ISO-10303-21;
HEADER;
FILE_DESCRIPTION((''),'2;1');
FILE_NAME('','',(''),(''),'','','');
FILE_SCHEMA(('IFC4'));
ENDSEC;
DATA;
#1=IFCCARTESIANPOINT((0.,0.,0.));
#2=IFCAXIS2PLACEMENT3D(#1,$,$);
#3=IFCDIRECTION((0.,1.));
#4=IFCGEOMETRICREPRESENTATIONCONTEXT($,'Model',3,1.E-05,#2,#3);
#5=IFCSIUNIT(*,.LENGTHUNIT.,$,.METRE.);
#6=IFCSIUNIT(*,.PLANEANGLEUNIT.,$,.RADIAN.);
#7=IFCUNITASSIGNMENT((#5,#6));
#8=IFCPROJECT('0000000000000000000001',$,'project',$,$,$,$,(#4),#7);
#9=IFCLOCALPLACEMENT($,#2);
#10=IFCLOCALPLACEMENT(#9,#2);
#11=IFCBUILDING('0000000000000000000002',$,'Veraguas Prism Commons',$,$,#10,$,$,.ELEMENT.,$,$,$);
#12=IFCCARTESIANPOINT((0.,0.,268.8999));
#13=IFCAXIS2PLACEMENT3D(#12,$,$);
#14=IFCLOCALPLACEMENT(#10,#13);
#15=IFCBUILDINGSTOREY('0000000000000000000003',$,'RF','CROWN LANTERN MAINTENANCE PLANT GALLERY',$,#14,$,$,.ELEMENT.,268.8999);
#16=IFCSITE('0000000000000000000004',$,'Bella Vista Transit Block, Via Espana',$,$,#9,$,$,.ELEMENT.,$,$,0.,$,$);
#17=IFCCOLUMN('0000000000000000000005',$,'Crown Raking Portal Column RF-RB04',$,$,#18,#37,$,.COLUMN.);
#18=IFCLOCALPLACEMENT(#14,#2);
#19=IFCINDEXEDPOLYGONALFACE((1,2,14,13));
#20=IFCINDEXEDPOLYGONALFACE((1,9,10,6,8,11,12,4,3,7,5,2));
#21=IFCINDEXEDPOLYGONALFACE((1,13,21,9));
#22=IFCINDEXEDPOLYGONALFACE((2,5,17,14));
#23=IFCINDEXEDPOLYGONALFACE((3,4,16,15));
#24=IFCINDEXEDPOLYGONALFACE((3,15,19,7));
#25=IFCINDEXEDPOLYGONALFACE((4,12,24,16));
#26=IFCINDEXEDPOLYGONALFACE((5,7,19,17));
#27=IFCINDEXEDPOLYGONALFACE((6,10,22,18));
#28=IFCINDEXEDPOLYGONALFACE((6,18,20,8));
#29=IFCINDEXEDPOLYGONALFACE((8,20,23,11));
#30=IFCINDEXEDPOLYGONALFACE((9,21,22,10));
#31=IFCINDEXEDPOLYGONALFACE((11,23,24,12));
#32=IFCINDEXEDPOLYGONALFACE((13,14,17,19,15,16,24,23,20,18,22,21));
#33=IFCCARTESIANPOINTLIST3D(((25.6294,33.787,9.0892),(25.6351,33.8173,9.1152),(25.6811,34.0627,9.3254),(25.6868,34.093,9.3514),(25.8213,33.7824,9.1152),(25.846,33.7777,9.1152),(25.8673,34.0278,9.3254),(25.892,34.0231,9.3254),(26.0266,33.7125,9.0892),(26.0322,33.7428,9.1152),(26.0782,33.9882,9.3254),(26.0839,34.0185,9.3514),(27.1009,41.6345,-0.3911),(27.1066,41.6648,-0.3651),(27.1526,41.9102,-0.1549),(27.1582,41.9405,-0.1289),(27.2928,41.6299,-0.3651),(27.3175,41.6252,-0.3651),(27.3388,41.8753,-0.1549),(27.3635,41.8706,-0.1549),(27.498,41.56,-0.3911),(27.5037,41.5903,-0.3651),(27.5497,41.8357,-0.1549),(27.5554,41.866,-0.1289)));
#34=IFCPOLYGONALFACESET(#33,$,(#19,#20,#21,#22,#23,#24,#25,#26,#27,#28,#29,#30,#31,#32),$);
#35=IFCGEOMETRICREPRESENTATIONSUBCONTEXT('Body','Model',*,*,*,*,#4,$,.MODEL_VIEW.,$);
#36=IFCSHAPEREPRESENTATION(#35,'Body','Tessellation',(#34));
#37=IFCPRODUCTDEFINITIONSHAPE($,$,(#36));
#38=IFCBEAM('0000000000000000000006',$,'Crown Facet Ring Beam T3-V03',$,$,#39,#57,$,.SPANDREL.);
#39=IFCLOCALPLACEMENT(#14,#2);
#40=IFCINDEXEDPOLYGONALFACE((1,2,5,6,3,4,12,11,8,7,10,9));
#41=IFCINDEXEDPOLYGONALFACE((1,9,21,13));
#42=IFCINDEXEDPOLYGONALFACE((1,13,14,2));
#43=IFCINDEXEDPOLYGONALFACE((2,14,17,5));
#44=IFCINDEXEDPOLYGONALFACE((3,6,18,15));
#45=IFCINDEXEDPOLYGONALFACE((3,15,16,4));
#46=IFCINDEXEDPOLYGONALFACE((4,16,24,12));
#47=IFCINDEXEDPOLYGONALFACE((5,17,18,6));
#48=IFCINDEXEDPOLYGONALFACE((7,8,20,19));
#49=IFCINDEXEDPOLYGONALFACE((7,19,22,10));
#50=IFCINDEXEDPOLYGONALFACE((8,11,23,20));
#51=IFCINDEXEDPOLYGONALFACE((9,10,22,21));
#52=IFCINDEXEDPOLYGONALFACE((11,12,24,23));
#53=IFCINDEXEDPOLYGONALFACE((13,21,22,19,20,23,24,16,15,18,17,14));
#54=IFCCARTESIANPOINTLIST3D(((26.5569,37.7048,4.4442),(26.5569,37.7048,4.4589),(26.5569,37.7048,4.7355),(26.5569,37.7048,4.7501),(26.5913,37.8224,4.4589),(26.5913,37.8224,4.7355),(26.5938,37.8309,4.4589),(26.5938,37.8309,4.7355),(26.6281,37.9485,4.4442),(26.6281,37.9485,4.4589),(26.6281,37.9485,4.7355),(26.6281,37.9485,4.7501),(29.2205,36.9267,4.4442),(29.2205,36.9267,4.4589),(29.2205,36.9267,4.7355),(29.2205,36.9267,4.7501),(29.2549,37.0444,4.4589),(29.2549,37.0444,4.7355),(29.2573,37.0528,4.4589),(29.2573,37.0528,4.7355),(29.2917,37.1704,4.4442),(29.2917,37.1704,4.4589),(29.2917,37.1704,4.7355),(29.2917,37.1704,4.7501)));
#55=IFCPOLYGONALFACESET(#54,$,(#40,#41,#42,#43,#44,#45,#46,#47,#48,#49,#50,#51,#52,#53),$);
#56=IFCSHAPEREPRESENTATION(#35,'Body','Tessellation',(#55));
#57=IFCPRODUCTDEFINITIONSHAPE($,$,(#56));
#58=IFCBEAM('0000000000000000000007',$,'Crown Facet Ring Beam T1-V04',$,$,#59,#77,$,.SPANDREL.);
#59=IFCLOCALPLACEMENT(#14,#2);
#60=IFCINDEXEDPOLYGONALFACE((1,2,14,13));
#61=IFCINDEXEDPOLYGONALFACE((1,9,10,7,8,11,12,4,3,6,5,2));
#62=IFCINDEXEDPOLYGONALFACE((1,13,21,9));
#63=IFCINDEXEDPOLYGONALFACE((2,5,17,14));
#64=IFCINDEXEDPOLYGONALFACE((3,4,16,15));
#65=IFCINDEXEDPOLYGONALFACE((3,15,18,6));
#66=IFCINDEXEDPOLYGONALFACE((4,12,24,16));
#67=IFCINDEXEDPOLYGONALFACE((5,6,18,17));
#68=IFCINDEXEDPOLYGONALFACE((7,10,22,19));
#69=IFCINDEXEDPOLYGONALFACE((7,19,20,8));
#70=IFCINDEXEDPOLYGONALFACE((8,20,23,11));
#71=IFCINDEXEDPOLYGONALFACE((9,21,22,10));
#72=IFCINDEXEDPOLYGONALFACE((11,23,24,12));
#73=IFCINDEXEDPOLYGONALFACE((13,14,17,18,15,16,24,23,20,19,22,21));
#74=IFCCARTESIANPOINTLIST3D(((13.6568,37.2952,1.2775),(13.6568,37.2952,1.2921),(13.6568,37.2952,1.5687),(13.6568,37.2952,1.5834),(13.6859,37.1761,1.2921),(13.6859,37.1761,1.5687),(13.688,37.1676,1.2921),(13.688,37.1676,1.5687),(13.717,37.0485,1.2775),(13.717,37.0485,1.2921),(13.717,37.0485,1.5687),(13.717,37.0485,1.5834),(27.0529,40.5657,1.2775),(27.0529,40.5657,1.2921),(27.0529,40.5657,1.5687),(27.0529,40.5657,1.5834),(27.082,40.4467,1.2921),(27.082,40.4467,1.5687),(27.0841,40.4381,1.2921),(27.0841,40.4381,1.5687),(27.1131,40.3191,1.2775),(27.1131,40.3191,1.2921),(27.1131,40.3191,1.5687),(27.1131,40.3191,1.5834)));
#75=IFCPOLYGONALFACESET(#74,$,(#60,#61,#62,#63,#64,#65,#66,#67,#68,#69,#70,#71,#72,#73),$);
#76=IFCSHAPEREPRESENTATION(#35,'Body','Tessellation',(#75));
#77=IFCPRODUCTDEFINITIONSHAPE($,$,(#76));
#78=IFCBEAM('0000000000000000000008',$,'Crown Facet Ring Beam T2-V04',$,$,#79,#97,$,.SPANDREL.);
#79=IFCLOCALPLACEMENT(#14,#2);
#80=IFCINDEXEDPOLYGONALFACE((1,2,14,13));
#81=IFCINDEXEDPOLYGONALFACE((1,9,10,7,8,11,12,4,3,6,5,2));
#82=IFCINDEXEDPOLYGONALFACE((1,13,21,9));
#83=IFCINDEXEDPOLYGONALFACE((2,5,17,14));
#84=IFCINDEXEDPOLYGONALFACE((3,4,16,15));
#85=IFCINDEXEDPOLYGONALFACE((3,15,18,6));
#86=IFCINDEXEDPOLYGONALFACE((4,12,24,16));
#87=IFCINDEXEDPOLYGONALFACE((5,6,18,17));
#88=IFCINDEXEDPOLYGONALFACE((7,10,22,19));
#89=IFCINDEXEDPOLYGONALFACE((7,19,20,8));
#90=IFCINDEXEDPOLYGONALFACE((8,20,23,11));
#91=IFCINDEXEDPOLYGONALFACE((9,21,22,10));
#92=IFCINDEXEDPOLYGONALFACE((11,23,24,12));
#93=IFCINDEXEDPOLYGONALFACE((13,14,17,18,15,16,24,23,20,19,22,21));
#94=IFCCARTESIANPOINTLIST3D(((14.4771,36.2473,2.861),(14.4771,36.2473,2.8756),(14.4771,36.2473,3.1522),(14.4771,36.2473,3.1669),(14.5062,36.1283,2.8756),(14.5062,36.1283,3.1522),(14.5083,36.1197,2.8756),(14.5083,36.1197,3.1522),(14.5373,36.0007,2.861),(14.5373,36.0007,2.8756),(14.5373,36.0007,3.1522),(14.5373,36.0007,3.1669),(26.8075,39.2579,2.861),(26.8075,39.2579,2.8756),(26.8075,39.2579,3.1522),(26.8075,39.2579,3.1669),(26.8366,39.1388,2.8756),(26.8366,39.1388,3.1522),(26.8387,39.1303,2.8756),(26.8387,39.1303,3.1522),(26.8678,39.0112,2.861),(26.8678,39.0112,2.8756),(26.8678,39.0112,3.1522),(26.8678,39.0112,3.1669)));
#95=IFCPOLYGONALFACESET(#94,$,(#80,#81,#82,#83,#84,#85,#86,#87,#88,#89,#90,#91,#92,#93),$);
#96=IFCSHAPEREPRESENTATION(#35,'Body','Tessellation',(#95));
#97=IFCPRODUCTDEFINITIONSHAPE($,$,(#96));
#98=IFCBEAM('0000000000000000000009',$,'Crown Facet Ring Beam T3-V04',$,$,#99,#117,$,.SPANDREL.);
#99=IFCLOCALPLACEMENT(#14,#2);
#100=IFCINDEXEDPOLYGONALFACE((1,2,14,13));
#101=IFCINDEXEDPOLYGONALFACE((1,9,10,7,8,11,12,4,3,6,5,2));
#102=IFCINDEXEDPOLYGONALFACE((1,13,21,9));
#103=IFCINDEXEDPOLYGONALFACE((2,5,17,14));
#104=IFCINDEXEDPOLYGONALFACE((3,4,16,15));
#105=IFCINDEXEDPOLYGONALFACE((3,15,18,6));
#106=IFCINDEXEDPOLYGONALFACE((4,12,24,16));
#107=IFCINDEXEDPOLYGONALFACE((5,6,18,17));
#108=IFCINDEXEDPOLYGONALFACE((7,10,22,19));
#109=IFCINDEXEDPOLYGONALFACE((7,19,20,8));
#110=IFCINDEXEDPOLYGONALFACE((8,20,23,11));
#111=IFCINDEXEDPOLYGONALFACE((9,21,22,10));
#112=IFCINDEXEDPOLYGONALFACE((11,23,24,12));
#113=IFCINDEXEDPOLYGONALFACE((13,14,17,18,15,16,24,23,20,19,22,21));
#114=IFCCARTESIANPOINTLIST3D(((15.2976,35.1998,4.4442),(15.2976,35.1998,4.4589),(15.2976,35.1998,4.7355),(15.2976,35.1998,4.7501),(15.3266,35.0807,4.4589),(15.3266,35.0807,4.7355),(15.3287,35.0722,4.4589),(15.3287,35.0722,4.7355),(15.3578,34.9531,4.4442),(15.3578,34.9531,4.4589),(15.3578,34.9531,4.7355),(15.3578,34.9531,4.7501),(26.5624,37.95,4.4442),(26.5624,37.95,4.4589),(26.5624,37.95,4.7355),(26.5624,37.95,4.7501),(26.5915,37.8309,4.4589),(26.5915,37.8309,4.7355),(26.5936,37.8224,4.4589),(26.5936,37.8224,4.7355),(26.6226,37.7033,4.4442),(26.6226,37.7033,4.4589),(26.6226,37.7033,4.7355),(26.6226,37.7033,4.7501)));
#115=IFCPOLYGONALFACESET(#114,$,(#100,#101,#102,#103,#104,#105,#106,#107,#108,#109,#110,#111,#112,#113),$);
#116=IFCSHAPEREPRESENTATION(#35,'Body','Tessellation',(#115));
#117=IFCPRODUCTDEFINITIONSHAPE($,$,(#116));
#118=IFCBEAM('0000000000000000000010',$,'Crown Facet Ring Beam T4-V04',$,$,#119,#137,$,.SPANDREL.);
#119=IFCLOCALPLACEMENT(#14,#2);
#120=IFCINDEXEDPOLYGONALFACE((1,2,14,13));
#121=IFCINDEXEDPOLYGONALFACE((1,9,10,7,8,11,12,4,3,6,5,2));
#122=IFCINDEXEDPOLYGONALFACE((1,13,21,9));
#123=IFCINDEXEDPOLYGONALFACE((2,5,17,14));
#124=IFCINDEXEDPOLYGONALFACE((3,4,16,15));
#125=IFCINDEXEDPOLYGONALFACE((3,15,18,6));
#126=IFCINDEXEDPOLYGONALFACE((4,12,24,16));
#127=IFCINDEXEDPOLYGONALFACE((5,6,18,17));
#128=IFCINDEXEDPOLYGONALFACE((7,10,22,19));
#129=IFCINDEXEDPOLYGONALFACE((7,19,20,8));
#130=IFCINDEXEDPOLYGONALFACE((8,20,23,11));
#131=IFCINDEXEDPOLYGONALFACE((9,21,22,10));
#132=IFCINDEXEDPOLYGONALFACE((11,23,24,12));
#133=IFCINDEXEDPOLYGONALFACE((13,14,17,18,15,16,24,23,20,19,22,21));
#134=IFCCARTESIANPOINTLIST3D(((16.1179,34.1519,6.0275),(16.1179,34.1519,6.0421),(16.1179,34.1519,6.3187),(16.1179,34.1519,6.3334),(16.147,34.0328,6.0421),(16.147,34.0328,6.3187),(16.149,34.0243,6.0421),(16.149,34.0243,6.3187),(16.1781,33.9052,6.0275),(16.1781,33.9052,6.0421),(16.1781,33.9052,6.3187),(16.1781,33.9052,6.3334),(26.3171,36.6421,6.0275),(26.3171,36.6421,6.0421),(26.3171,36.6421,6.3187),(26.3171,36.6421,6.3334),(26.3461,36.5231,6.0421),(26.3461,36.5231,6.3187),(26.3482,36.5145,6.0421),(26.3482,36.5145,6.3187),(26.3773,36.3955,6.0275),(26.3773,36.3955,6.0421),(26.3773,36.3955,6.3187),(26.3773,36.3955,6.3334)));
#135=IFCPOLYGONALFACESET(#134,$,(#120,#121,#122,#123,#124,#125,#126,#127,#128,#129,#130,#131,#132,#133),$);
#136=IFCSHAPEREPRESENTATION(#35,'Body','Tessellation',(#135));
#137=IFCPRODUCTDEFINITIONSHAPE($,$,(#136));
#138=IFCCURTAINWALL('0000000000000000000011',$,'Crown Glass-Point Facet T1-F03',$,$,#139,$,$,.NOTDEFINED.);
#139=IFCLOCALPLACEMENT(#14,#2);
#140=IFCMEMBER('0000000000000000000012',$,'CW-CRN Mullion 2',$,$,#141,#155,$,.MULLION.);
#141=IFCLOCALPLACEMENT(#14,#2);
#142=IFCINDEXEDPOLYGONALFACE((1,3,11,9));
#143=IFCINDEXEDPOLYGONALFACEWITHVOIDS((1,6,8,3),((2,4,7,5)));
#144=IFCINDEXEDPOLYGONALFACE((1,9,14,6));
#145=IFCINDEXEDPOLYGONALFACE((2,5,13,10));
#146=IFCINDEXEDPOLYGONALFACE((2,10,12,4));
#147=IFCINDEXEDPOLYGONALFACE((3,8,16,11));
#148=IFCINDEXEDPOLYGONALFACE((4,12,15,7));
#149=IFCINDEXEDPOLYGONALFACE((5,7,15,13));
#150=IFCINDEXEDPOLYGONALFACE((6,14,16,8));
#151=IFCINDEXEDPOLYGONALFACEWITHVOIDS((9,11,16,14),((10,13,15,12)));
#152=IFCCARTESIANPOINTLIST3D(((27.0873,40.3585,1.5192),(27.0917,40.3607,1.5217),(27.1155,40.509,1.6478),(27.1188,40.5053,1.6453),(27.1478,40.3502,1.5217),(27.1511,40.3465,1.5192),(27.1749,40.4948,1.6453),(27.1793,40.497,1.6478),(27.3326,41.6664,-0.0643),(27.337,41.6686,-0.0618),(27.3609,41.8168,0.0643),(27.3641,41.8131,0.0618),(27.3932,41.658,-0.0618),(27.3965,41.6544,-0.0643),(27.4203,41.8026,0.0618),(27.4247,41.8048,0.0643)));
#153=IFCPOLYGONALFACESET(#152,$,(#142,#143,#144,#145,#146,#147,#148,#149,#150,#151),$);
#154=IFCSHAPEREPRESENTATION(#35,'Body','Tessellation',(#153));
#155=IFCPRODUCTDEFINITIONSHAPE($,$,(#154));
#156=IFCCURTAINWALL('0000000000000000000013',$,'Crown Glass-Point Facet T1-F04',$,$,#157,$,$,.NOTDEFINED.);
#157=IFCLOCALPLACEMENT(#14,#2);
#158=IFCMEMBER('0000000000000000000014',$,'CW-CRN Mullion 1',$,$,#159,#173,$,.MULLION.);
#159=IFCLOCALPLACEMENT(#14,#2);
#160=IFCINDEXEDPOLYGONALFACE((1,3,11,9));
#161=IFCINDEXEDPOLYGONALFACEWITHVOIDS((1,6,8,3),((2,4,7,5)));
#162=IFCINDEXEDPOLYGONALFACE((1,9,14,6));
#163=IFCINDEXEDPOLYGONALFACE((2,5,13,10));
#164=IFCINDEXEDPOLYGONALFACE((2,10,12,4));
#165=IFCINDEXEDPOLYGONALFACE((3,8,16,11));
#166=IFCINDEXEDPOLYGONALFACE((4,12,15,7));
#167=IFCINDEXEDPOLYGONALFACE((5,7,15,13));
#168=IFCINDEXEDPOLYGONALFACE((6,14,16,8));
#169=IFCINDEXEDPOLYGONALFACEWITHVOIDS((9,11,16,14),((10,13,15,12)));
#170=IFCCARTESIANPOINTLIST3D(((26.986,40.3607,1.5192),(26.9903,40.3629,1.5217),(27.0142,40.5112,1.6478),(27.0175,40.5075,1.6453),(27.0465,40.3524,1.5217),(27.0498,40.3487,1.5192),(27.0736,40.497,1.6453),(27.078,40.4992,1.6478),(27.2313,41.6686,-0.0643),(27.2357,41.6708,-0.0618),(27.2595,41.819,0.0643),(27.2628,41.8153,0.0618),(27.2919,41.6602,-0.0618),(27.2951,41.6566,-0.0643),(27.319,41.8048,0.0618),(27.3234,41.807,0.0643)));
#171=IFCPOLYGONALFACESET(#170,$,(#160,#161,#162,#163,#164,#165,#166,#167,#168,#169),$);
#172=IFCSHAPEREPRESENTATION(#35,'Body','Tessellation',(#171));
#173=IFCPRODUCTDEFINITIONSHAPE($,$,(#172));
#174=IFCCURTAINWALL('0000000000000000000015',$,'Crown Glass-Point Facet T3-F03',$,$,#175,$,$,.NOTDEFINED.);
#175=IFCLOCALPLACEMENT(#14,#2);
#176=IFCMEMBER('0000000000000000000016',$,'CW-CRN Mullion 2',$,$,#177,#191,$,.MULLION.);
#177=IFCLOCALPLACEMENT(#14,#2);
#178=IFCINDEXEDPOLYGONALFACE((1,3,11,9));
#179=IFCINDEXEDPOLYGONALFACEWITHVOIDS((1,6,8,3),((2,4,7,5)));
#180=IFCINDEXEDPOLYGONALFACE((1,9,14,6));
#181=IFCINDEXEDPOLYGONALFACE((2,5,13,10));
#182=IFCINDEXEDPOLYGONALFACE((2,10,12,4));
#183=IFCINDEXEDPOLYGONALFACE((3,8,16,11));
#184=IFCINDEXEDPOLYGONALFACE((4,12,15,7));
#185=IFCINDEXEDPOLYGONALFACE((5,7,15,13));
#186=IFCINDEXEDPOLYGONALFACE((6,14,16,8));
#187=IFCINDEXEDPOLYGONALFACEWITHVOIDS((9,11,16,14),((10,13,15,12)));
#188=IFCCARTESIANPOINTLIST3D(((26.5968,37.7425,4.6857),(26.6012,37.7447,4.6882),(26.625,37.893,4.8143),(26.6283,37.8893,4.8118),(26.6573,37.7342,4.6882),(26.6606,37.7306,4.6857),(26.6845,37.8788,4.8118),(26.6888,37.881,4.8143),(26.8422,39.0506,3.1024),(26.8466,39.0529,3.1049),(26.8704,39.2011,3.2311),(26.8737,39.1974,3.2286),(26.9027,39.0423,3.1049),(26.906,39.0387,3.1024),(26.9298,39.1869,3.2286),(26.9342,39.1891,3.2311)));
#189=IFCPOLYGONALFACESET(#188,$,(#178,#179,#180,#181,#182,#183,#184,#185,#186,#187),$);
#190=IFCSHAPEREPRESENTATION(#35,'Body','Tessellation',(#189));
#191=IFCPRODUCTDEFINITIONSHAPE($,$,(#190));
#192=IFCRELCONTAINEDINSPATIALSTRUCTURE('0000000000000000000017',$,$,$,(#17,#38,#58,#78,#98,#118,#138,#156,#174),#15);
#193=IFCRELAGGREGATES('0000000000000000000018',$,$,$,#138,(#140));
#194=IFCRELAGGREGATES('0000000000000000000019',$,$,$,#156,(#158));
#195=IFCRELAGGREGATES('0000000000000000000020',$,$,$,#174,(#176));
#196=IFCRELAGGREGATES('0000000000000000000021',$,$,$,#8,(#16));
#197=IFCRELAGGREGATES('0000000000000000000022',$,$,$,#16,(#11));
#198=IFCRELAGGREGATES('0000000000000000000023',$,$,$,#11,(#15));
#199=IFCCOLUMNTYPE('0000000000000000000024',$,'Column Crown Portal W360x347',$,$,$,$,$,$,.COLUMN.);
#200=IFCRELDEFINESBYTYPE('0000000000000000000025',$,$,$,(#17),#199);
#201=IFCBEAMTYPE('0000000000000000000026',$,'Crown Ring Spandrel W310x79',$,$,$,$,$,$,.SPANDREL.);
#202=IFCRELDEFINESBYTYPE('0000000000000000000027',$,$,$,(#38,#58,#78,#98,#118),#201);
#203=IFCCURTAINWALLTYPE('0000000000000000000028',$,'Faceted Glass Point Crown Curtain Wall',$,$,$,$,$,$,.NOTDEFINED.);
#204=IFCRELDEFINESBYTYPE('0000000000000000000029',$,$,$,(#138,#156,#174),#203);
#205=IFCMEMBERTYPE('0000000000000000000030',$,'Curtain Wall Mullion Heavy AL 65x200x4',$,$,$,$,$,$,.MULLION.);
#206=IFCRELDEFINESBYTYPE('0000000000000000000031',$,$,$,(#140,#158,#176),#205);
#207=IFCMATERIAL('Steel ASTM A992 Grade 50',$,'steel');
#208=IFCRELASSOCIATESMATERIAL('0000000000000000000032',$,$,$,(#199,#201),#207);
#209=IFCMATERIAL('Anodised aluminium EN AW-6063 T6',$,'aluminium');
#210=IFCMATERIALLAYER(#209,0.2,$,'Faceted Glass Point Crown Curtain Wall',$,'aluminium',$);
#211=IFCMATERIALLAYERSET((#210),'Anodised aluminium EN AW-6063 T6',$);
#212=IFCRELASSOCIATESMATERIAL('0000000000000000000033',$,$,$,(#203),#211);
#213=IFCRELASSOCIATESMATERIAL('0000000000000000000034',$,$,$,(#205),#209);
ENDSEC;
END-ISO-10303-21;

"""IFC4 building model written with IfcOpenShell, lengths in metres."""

from ifc_helpers import new_model, si_unit, direction, frame, origin, origin_2d, place, context, subcontext, project, spatial, hollow_rectangle, i_section, extrude, source, transform, mapped, material, layer, layer_set, material_profile, profile_set, type_object, element, aggregate, save


model = new_model("IFC4")

# Units and contexts
model_context = context("Model", 3, precision=1e-05, world=origin(), true_north=direction((0.0, 1.0)))
body_context = subcontext(model_context, "Body", "Model", "MODEL_VIEW")
ifc_project = project(units=[si_unit("LENGTHUNIT", "METRE"), si_unit("PLANEANGLEUNIT", "RADIAN")], contexts=[model_context])

# Site, building, storey
site_placement = place(None, origin())
site = spatial("IfcSite", under=ifc_project, at=site_placement, Name="Bella Vista Transit Block, Via Espana", CompositionType="ELEMENT", RefElevation=0.0)
building_placement = place(site_placement, origin())
building = spatial("IfcBuilding", under=site, at=building_placement, Name="Veraguas Prism Commons", CompositionType="ELEMENT")
storey_placement = place(building_placement, frame((0.0, 0.0, 268.8999)))
storey = spatial("IfcBuildingStorey", under=building, at=storey_placement, Name="RF", Description="CROWN LANTERN MAINTENANCE PLANT GALLERY", CompositionType="ELEMENT", Elevation=268.8999)

# Column
ifc_material_1 = material(Name="Steel ASTM A992 Grade 50", Category="steel")
ifc_material_profile_1 = material_profile(ifc_material_1, i_section(OverallWidth=0.4041, OverallDepth=0.407, WebThickness=0.0251, FlangeThickness=0.0403, at=origin_2d()), Name="W360X347")
ifc_profile_set_1 = profile_set([ifc_material_profile_1], Name="Steel ASTM A992 Grade 50")
column_type = type_object("IfcColumnType", Name="Column Crown Portal W360x347", PredefinedType="COLUMN", material=ifc_profile_set_1)
column_placement = place(storey_placement, frame((27.3281, 41.7502, -0.26), z_axis=(-0.118718, -0.633141, 0.764878), x_axis=(0.982871, -0.184294, 0.0)))
element("IfcColumn", 1, at=column_placement, inside=storey, type_object=column_type, Name="Crown Raking Portal Column RF-RB04", PredefinedType="COLUMN", context=body_context, shape_type="SweptSolid", body=[
    extrude(i_section(OverallWidth=0.4041, OverallDepth=0.407, WebThickness=0.0251, FlangeThickness=0.0403, at=origin_2d()), origin(), (0.0, 0.0, 1.0), 12.3945),
])

# Beams
ifc_material_profile_2 = material_profile(ifc_material_1, i_section(OverallWidth=0.2539, OverallDepth=0.3059, WebThickness=0.0088, FlangeThickness=0.0146, at=origin_2d()), Name="W310X79")
ifc_profile_set_2 = profile_set([ifc_material_profile_2], Name="Steel ASTM A992 Grade 50")
beam_type = type_object("IfcBeamType", Name="Crown Ring Spandrel W310x79", PredefinedType="SPANDREL", material=ifc_profile_set_2)
beam_1_placement = place(storey_placement, frame((29.2561, 37.0486, 4.5972), z_axis=(-0.959884, 0.280399, 0.0), x_axis=(-0.280399, -0.959884, 0.0)))
element("IfcBeam", 2, at=beam_1_placement, inside=storey, type_object=beam_type, Name="Crown Facet Ring Beam T3-V03", PredefinedType="SPANDREL", context=body_context, shape_type="SweptSolid", body=[
    extrude(i_section(OverallWidth=0.2539, OverallDepth=0.3059, WebThickness=0.0088, FlangeThickness=0.0146, at=origin_2d()), origin(), (0.0, 0.0, 1.0), 2.7749),
])
beam_2_placement = place(storey_placement, frame((27.083, 40.4424, 1.4304), z_axis=(-0.971467, -0.237175, 0.0), x_axis=(0.237175, -0.971467, 0.0)))
element("IfcBeam", 3, at=beam_2_placement, inside=storey, type_object=beam_type, Name="Crown Facet Ring Beam T1-V04", PredefinedType="SPANDREL", context=body_context, shape_type="SweptSolid", body=[
    extrude(i_section(OverallWidth=0.2539, OverallDepth=0.3059, WebThickness=0.0088, FlangeThickness=0.0146, at=origin_2d()), origin(), (0.0, 0.0, 1.0), 13.7896),
])
beam_3_placement = place(storey_placement, frame((26.8376, 39.1345, 3.0139), z_axis=(-0.971464, -0.237187, 0.0), x_axis=(0.237187, -0.971464, 0.0)))
element("IfcBeam", 4, at=beam_3_placement, inside=storey, type_object=beam_type, Name="Crown Facet Ring Beam T2-V04", PredefinedType="SPANDREL", context=body_context, shape_type="SweptSolid", body=[
    extrude(i_section(OverallWidth=0.2539, OverallDepth=0.3059, WebThickness=0.0088, FlangeThickness=0.0146, at=origin_2d()), origin(), (0.0, 0.0, 1.0), 12.6926),
])
beam_4_placement = place(storey_placement, frame((26.5925, 37.8267, 4.5972), z_axis=(-0.971467, -0.237177, 0.0), x_axis=(0.237177, -0.971467, 0.0)))
element("IfcBeam", 5, at=beam_4_placement, inside=storey, type_object=beam_type, Name="Crown Facet Ring Beam T3-V04", PredefinedType="SPANDREL", context=body_context, shape_type="SweptSolid", body=[
    extrude(i_section(OverallWidth=0.2539, OverallDepth=0.3059, WebThickness=0.0088, FlangeThickness=0.0146, at=origin_2d()), origin(), (0.0, 0.0, 1.0), 11.5957),
])
beam_5_placement = place(storey_placement, frame((26.3472, 36.5188, 6.1804), z_axis=(-0.971463, -0.237192, 0.0), x_axis=(0.237192, -0.971463, 0.0)))
element("IfcBeam", 6, at=beam_5_placement, inside=storey, type_object=beam_type, Name="Crown Facet Ring Beam T4-V04", PredefinedType="SPANDREL", context=body_context, shape_type="SweptSolid", body=[
    extrude(i_section(OverallWidth=0.2539, OverallDepth=0.3059, WebThickness=0.0088, FlangeThickness=0.0146, at=origin_2d()), origin(), (0.0, 0.0, 1.0), 10.4988),
])

# Curtain walls, members
ifc_material_2 = material(Name="Anodised aluminium EN AW-6063 T6", Category="aluminium")
ifc_layer_1 = layer(ifc_material_2, 0.2, Name="Faceted Glass Point Crown Curtain Wall", Category="aluminium")
ifc_layer_set_1 = layer_set([ifc_layer_1], Name="Anodised aluminium EN AW-6063 T6")
curtain_wall_type = type_object("IfcCurtainWallType", Name="Faceted Glass Point Crown Curtain Wall", PredefinedType="NOTDEFINED", material=ifc_layer_set_1)
curtain_wall_1_placement = place(storey_placement, origin())
curtain_wall_1 = element("IfcCurtainWall", 7, at=curtain_wall_1_placement, inside=storey, type_object=curtain_wall_type, Name="Crown Glass-Point Facet T1-F03", PredefinedType="NOTDEFINED")
ifc_material_profile_3 = material_profile(ifc_material_2, hollow_rectangle(XDim=0.0649, YDim=0.2, WallThickness=0.0039, at=origin_2d()), Name="AL65X200X4")
ifc_profile_set_3 = profile_set([ifc_material_profile_3], Name="Anodised aluminium EN AW-6063 T6")
member_type_1 = type_object("IfcMemberType", Name="Curtain Wall Mullion Heavy AL 65x200x4", PredefinedType="MULLION", material=ifc_profile_set_3)
shared_shape_1 = source(origin(), body_context, "Body", "SweptSolid", [
    extrude(hollow_rectangle(XDim=0.0649, YDim=0.2, WallThickness=0.0039, at=origin_2d()), origin(), (0.0, 0.0, 1.0), 2.0684),
])
member_1_placement = place(storey_placement, frame((27.3787, 41.7356, 0.0), z_axis=(-0.118625, -0.632314, 0.765576), x_axis=(0.982853, -0.184388, 0.0)))
member_1 = element("IfcMember", 8, at=member_1_placement, type_object=member_type_1, Name="CW-CRN Mullion 2", PredefinedType="MULLION", context=body_context, shape_type="MappedRepresentation", body=[
    mapped(shared_shape_1, transform((0.0, 0.0, 0.0), scale=1.0)),
])
aggregate(curtain_wall_1, [member_1])
curtain_wall_2_placement = place(storey_placement, origin())
curtain_wall_2 = element("IfcCurtainWall", 9, at=curtain_wall_2_placement, inside=storey, type_object=curtain_wall_type, Name="Crown Glass-Point Facet T1-F04", PredefinedType="NOTDEFINED")
member_2_placement = place(storey_placement, frame((27.2773, 41.7378, 0.0), z_axis=(-0.118625, -0.632314, 0.765576), x_axis=(0.982853, -0.184388, 0.0)))
member_2 = element("IfcMember", 10, at=member_2_placement, type_object=member_type_1, Name="CW-CRN Mullion 1", PredefinedType="MULLION", context=body_context, shape_type="MappedRepresentation", body=[
    mapped(shared_shape_1, transform((0.0, 0.0, 0.0), scale=1.0)),
])
curtain_wall_3_placement = place(storey_placement, origin())
curtain_wall_3 = element("IfcCurtainWall", 11, at=curtain_wall_3_placement, inside=storey, type_object=curtain_wall_type, Name="Crown Glass-Point Facet T3-F03", PredefinedType="NOTDEFINED")
member_3_placement = place(storey_placement, frame((26.8882, 39.1199, 3.1667), z_axis=(-0.118627, -0.632442, 0.76547), x_axis=(0.98286, -0.184355, 0.0)))
member_3 = element("IfcMember", 12, at=member_3_placement, type_object=member_type_1, Name="CW-CRN Mullion 2", PredefinedType="MULLION", context=body_context, shape_type="MappedRepresentation", body=[
    mapped(shared_shape_1, transform((0.0, 0.0, 0.0), scale=1.0)),
])

aggregate(curtain_wall_2, [member_2])
aggregate(curtain_wall_3, [member_3])

save(model, "model.ifc")
